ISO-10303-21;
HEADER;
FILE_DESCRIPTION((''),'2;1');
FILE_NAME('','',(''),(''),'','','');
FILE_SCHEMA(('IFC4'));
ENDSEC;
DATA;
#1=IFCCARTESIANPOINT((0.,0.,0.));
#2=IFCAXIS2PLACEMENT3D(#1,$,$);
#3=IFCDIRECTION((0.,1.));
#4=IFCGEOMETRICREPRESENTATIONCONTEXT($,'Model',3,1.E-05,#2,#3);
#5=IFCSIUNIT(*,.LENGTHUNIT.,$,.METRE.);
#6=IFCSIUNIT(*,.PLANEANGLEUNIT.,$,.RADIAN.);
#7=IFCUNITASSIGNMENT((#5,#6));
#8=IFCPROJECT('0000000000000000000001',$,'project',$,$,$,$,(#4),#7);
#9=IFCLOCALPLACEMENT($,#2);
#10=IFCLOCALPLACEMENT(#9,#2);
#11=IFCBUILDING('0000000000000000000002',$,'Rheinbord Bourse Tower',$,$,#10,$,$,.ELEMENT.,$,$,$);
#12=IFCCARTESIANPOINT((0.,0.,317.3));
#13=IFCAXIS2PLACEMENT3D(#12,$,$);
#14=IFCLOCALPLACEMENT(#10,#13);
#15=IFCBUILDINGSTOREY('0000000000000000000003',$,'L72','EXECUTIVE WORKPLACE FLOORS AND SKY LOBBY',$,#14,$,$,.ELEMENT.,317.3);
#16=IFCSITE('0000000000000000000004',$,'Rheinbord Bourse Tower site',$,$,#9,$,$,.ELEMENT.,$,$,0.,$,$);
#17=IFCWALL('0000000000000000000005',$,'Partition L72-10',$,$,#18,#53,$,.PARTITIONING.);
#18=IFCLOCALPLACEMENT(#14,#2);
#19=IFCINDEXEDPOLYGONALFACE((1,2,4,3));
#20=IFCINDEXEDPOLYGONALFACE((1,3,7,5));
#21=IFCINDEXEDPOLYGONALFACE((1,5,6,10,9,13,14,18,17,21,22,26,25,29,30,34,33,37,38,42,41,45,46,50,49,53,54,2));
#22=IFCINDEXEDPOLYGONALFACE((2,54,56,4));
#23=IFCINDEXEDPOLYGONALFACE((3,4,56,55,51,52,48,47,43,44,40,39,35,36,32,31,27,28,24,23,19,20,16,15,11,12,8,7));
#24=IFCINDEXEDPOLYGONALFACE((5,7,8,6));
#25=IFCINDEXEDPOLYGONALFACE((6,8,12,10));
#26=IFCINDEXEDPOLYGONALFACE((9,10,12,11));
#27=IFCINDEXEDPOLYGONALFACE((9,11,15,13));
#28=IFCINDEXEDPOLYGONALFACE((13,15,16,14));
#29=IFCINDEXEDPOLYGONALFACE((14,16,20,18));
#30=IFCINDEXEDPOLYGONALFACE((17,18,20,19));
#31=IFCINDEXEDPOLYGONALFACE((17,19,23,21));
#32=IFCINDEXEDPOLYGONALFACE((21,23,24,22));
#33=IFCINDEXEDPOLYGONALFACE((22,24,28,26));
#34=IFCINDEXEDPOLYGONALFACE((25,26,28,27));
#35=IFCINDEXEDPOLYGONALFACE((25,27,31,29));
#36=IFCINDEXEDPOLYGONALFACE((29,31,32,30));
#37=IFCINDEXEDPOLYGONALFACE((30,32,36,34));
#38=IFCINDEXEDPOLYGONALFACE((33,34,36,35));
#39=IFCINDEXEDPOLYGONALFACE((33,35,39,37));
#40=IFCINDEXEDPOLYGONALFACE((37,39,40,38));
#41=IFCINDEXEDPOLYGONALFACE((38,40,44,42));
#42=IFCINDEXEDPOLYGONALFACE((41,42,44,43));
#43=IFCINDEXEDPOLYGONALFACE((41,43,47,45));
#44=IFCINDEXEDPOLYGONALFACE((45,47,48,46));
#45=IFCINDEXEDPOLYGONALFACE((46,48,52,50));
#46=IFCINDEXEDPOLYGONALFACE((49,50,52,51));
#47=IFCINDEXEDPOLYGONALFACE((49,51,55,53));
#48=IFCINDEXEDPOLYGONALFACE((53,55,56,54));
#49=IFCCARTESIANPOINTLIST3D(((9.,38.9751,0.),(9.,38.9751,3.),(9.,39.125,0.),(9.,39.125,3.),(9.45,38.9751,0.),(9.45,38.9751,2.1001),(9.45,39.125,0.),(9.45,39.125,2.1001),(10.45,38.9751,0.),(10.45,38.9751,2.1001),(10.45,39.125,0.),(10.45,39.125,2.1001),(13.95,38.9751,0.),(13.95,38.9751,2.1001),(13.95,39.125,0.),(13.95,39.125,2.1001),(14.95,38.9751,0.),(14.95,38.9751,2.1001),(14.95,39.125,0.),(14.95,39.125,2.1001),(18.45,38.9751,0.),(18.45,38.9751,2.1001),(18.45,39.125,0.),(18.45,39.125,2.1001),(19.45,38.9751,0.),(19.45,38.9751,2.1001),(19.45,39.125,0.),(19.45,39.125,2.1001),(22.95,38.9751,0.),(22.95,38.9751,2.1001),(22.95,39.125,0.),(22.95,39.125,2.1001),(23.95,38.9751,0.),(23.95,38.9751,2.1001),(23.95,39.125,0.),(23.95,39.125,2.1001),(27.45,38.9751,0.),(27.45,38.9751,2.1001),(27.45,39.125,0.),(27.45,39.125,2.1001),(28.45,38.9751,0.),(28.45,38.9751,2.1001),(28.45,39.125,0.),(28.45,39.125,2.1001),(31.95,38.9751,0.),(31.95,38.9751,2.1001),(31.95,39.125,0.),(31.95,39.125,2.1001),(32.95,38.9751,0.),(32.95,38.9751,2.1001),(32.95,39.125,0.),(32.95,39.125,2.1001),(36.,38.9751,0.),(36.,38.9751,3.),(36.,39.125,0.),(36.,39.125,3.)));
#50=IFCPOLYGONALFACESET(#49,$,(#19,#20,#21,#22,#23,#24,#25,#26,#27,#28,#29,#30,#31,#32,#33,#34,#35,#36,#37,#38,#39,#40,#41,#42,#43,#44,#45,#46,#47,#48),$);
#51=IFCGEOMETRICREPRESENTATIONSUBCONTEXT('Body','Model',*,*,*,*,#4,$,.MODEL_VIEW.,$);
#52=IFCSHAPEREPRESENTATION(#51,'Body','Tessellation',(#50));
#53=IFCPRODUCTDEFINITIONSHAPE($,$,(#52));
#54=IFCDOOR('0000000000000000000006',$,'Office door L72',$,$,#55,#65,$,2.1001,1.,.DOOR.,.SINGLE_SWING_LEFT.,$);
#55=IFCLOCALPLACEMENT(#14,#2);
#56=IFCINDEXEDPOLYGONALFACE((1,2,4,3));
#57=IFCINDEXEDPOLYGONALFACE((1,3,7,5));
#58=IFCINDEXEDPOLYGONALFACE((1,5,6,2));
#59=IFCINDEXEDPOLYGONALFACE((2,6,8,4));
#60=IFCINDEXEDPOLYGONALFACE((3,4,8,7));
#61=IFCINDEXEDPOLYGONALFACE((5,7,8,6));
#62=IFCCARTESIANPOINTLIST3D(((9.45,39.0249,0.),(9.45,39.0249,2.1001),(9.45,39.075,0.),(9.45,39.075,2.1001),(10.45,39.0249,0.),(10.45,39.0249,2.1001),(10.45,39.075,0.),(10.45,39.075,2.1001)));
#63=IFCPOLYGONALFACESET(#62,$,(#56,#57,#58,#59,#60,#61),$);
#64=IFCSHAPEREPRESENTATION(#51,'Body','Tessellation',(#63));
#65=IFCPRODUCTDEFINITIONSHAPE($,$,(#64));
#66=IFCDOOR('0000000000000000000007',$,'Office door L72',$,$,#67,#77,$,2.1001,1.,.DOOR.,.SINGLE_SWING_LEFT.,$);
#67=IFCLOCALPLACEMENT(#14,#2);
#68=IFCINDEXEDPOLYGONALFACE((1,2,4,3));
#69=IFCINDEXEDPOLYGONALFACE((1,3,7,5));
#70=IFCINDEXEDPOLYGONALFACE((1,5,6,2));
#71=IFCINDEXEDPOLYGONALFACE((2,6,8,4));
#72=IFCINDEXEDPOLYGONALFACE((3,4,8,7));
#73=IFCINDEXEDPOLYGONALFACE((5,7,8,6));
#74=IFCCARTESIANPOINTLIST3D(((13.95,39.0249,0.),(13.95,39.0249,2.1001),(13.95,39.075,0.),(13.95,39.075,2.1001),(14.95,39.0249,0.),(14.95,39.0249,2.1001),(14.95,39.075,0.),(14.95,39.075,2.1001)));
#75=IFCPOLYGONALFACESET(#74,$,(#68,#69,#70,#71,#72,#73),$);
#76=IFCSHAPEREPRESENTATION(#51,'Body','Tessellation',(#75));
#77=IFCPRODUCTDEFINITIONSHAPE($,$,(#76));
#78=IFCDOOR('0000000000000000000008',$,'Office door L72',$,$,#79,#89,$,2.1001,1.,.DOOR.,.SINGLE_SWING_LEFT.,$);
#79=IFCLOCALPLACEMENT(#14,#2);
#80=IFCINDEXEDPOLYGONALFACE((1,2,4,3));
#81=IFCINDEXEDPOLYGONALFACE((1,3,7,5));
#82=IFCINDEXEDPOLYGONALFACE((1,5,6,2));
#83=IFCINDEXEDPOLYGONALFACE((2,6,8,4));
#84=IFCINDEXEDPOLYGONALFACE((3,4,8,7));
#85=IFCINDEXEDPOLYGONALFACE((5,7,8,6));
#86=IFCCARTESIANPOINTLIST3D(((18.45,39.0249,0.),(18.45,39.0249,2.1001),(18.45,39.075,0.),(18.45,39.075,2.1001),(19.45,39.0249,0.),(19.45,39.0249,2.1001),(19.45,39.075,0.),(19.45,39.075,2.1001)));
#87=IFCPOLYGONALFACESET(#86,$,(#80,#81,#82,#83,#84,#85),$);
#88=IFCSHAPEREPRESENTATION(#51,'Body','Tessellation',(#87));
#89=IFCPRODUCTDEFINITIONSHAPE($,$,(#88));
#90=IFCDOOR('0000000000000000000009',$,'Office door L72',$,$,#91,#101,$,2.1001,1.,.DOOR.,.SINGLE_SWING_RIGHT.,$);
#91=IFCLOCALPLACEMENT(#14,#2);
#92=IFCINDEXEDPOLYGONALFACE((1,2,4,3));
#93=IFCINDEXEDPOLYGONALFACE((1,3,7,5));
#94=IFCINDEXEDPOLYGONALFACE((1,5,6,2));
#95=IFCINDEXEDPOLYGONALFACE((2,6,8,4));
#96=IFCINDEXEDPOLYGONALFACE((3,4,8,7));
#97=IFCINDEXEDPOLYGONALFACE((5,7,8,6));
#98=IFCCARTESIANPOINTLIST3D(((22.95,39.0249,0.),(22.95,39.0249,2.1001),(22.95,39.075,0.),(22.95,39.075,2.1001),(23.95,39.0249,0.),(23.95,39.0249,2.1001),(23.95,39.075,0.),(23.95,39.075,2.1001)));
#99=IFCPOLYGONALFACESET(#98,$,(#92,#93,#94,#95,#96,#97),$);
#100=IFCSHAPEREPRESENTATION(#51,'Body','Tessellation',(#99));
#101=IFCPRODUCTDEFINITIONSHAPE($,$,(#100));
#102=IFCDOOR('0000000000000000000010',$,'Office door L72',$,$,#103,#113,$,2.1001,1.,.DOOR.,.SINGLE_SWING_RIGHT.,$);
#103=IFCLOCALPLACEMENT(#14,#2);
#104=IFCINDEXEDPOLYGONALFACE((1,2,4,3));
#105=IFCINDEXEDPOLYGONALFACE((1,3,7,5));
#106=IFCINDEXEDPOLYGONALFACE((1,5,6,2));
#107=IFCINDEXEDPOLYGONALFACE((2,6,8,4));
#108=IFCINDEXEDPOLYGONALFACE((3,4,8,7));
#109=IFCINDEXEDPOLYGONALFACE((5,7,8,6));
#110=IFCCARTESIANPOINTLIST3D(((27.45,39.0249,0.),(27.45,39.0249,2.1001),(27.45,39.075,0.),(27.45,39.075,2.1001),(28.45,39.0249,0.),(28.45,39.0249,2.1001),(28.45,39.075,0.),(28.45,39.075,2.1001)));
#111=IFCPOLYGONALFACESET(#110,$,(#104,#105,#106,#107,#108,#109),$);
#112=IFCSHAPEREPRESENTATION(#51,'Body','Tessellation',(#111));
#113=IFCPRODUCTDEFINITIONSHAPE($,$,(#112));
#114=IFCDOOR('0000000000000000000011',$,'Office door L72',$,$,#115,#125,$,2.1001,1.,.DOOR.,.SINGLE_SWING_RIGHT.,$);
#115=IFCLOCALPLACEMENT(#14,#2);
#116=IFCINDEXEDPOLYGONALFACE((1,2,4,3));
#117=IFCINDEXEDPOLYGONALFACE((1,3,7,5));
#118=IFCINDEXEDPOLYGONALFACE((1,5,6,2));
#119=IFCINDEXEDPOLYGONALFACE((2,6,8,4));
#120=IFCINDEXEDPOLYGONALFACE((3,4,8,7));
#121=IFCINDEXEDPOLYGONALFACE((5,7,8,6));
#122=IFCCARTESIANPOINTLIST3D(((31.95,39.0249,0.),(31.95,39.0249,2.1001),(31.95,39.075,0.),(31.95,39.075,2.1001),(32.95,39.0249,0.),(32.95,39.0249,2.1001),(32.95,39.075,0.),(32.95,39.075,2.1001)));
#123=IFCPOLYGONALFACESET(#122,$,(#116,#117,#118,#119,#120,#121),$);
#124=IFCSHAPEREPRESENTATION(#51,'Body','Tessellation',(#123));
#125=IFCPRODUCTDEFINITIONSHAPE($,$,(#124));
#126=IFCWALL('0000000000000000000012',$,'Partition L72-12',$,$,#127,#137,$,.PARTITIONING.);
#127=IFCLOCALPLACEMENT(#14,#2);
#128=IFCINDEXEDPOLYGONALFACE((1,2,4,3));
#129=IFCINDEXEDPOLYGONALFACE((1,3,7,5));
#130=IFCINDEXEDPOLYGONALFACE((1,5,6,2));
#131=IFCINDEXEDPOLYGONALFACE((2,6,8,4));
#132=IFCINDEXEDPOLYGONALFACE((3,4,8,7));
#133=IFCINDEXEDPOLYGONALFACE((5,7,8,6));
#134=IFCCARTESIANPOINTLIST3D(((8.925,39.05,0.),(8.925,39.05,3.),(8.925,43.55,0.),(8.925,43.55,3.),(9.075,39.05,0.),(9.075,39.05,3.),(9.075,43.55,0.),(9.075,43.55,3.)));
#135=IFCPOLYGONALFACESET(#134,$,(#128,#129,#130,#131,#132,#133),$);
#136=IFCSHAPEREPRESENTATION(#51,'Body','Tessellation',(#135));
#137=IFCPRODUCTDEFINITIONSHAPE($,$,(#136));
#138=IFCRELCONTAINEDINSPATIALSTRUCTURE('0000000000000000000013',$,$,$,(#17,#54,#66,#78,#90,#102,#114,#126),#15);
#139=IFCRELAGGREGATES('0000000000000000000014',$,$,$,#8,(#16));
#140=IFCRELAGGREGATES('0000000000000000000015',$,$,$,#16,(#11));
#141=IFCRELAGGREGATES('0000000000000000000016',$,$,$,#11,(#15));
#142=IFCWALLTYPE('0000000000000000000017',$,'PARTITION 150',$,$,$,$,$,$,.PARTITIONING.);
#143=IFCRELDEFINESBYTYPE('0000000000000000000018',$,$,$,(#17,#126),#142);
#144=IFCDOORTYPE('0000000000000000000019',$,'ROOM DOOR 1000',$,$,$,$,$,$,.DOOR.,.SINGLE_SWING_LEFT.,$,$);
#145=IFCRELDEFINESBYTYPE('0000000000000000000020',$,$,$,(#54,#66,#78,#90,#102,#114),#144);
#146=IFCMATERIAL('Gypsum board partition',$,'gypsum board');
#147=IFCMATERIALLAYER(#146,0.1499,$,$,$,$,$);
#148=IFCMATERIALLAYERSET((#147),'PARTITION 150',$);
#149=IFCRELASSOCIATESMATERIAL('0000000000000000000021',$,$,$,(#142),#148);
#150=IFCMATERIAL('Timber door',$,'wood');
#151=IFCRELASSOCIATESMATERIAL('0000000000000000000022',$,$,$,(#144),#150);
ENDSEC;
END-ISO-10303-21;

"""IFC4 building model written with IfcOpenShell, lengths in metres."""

from ifc_helpers import new_model, si_unit, direction, frame, frame_2d, origin, place, context, subcontext, project, spatial, rectangle, extrude, material, layer, layer_set, type_object, element, fill, save


model = new_model("IFC4")

# Units and contexts
model_context = context("Model", 3, precision=1e-05, world=origin(), true_north=direction((0.0, 1.0)))
body_context = subcontext(model_context, "Body", "Model", "MODEL_VIEW")
ifc_project = project(units=[si_unit("LENGTHUNIT", "METRE"), si_unit("PLANEANGLEUNIT", "RADIAN")], contexts=[model_context])

# Site, building, storey
site_placement = place(None, origin())
site = spatial("IfcSite", under=ifc_project, at=site_placement, Name="Rheinbord Bourse Tower site", CompositionType="ELEMENT", RefElevation=0.0)
building_placement = place(site_placement, origin())
building = spatial("IfcBuilding", under=site, at=building_placement, Name="Rheinbord Bourse Tower", CompositionType="ELEMENT")
storey_placement = place(building_placement, frame((0.0, 0.0, 317.3)))
storey = spatial("IfcBuildingStorey", under=building, at=storey_placement, Name="L72", Description="EXECUTIVE WORKPLACE FLOORS AND SKY LOBBY", CompositionType="ELEMENT", Elevation=317.3)

# Wall, openings, doors
ifc_material_1 = material(Name="Gypsum board partition", Category="gypsum board")
ifc_layer_1 = layer(ifc_material_1, 0.1499)
ifc_layer_set_1 = layer_set([ifc_layer_1], Name="PARTITION 150")
wall_type_1 = type_object("IfcWallType", Name="PARTITION 150", PredefinedType="PARTITIONING", material=ifc_layer_set_1)
wall_1_placement = place(storey_placement, frame((9.0, 39.05, 0.0), z_axis=(0.0, 0.0, 1.0), x_axis=(1.0, 0.0, 0.0)))
wall_1 = element("IfcWall", 1, at=wall_1_placement, inside=storey, type_object=wall_type_1, Name="Partition L72-10", PredefinedType="PARTITIONING", context=body_context, shape_type="SweptSolid", body=[
    extrude(rectangle(XDim=27.0, YDim=0.1499, at=frame_2d((13.5, 0.0))), origin(), (0.0, 0.0, 1.0), 3.0),
])
opening_1_placement = place(wall_1_placement, frame((0.45, 0.0, 0.0)))
opening_1 = element("IfcOpeningElement", 2, at=opening_1_placement, cuts=wall_1, PredefinedType="OPENING", context=body_context, shape_type="SweptSolid", body=[
    extrude(rectangle(XDim=1.0, YDim=2.1001, at=frame_2d((0.5, 1.05))), frame((0.0, 0.085, 0.0), z_axis=(0.0, -1.0, 0.0), x_axis=(1.0, 0.0, 0.0)), (0.0, 0.0, 1.0), 0.1699),
])
opening_2_placement = place(wall_1_placement, frame((4.95, 0.0, 0.0)))
opening_2 = element("IfcOpeningElement", 3, at=opening_2_placement, cuts=wall_1, PredefinedType="OPENING", context=body_context, shape_type="SweptSolid", body=[
    extrude(rectangle(XDim=1.0, YDim=2.1001, at=frame_2d((0.5, 1.05))), frame((0.0, 0.085, 0.0), z_axis=(0.0, -1.0, 0.0), x_axis=(1.0, 0.0, 0.0)), (0.0, 0.0, 1.0), 0.1699),
])
opening_3_placement = place(wall_1_placement, frame((9.45, 0.0, 0.0)))
opening_3 = element("IfcOpeningElement", 4, at=opening_3_placement, cuts=wall_1, PredefinedType="OPENING", context=body_context, shape_type="SweptSolid", body=[
    extrude(rectangle(XDim=1.0, YDim=2.1001, at=frame_2d((0.5, 1.05))), frame((0.0, 0.085, 0.0), z_axis=(0.0, -1.0, 0.0), x_axis=(1.0, 0.0, 0.0)), (0.0, 0.0, 1.0), 0.1699),
])
opening_4_placement = place(wall_1_placement, frame((13.95, 0.0, 0.0)))
opening_4 = element("IfcOpeningElement", 5, at=opening_4_placement, cuts=wall_1, PredefinedType="OPENING", context=body_context, shape_type="SweptSolid", body=[
    extrude(rectangle(XDim=1.0, YDim=2.1001, at=frame_2d((0.5, 1.05))), frame((0.0, 0.085, 0.0), z_axis=(0.0, -1.0, 0.0), x_axis=(1.0, 0.0, 0.0)), (0.0, 0.0, 1.0), 0.1699),
])
opening_5_placement = place(wall_1_placement, frame((18.45, 0.0, 0.0)))
opening_5 = element("IfcOpeningElement", 6, at=opening_5_placement, cuts=wall_1, PredefinedType="OPENING", context=body_context, shape_type="SweptSolid", body=[
    extrude(rectangle(XDim=1.0, YDim=2.1001, at=frame_2d((0.5, 1.05))), frame((0.0, 0.085, 0.0), z_axis=(0.0, -1.0, 0.0), x_axis=(1.0, 0.0, 0.0)), (0.0, 0.0, 1.0), 0.1699),
])
opening_6_placement = place(wall_1_placement, frame((22.95, 0.0, 0.0)))
opening_6 = element("IfcOpeningElement", 7, at=opening_6_placement, cuts=wall_1, PredefinedType="OPENING", context=body_context, shape_type="SweptSolid", body=[
    extrude(rectangle(XDim=1.0, YDim=2.1001, at=frame_2d((0.5, 1.05))), frame((0.0, 0.085, 0.0), z_axis=(0.0, -1.0, 0.0), x_axis=(1.0, 0.0, 0.0)), (0.0, 0.0, 1.0), 0.1699),
])
ifc_material_2 = material(Name="Timber door", Category="wood")
door_type = type_object("IfcDoorType", Name="ROOM DOOR 1000", OperationType="SINGLE_SWING_LEFT", PredefinedType="DOOR", material=ifc_material_2)
door_1_placement = place(opening_1_placement, origin())
door_1 = element("IfcDoor", 8, at=door_1_placement, inside=storey, type_object=door_type, Name="Office door L72", OperationType="SINGLE_SWING_LEFT", OverallHeight=2.1001, OverallWidth=1.0, PredefinedType="DOOR", context=body_context, shape_type="SweptSolid", body=[
    extrude(rectangle(XDim=1.0, YDim=2.1001, at=frame_2d((0.5, 1.05))), frame((0.0, 0.0249, 0.0), z_axis=(0.0, -1.0, 0.0), x_axis=(1.0, 0.0, 0.0)), (0.0, 0.0, 1.0), 0.05),
])
fill(opening_1, door_1)
door_2_placement = place(opening_2_placement, origin())
door_2 = element("IfcDoor", 9, at=door_2_placement, inside=storey, type_object=door_type, Name="Office door L72", OperationType="SINGLE_SWING_LEFT", OverallHeight=2.1001, OverallWidth=1.0, PredefinedType="DOOR", context=body_context, shape_type="SweptSolid", body=[
    extrude(rectangle(XDim=1.0, YDim=2.1001, at=frame_2d((0.5, 1.05))), frame((0.0, 0.0249, 0.0), z_axis=(0.0, -1.0, 0.0), x_axis=(1.0, 0.0, 0.0)), (0.0, 0.0, 1.0), 0.05),
])
fill(opening_2, door_2)
door_3_placement = place(opening_3_placement, origin())
door_3 = element("IfcDoor", 10, at=door_3_placement, inside=storey, type_object=door_type, Name="Office door L72", OperationType="SINGLE_SWING_LEFT", OverallHeight=2.1001, OverallWidth=1.0, PredefinedType="DOOR", context=body_context, shape_type="SweptSolid", body=[
    extrude(rectangle(XDim=1.0, YDim=2.1001, at=frame_2d((0.5, 1.05))), frame((0.0, 0.0249, 0.0), z_axis=(0.0, -1.0, 0.0), x_axis=(1.0, 0.0, 0.0)), (0.0, 0.0, 1.0), 0.05),
])
fill(opening_3, door_3)
door_4_placement = place(opening_4_placement, origin())
door_4 = element("IfcDoor", 11, at=door_4_placement, inside=storey, type_object=door_type, Name="Office door L72", OperationType="SINGLE_SWING_RIGHT", OverallHeight=2.1001, OverallWidth=1.0, PredefinedType="DOOR", context=body_context, shape_type="SweptSolid", body=[
    extrude(rectangle(XDim=1.0, YDim=2.1001, at=frame_2d((0.5, 1.05))), frame((0.0, 0.0249, 0.0), z_axis=(0.0, -1.0, 0.0), x_axis=(1.0, 0.0, 0.0)), (0.0, 0.0, 1.0), 0.05),
])
fill(opening_4, door_4)
door_5_placement = place(opening_5_placement, origin())
door_5 = element("IfcDoor", 12, at=door_5_placement, inside=storey, type_object=door_type, Name="Office door L72", OperationType="SINGLE_SWING_RIGHT", OverallHeight=2.1001, OverallWidth=1.0, PredefinedType="DOOR", context=body_context, shape_type="SweptSolid", body=[
    extrude(rectangle(XDim=1.0, YDim=2.1001, at=frame_2d((0.5, 1.05))), frame((0.0, 0.0249, 0.0), z_axis=(0.0, -1.0, 0.0), x_axis=(1.0, 0.0, 0.0)), (0.0, 0.0, 1.0), 0.05),
])
fill(opening_5, door_5)
door_6_placement = place(opening_6_placement, origin())
door_6 = element("IfcDoor", 13, at=door_6_placement, inside=storey, type_object=door_type, Name="Office door L72", OperationType="SINGLE_SWING_RIGHT", OverallHeight=2.1001, OverallWidth=1.0, PredefinedType="DOOR", context=body_context, shape_type="SweptSolid", body=[
    extrude(rectangle(XDim=1.0, YDim=2.1001, at=frame_2d((0.5, 1.05))), frame((0.0, 0.0249, 0.0), z_axis=(0.0, -1.0, 0.0), x_axis=(1.0, 0.0, 0.0)), (0.0, 0.0, 1.0), 0.05),
])
fill(opening_6, door_6)

# Wall
wall_2_placement = place(storey_placement, frame((9.0, 39.05, 0.0), z_axis=(0.0, 0.0, 1.0), x_axis=(0.0, 1.0, 0.0)))
element("IfcWall", 14, at=wall_2_placement, inside=storey, type_object=wall_type_1, Name="Partition L72-12", PredefinedType="PARTITIONING", context=body_context, shape_type="SweptSolid", body=[
    extrude(rectangle(XDim=4.5, YDim=0.1499, at=frame_2d((2.25, 0.0))), origin(), (0.0, 0.0, 1.0), 3.0),
])

save(model, "model.ifc")
